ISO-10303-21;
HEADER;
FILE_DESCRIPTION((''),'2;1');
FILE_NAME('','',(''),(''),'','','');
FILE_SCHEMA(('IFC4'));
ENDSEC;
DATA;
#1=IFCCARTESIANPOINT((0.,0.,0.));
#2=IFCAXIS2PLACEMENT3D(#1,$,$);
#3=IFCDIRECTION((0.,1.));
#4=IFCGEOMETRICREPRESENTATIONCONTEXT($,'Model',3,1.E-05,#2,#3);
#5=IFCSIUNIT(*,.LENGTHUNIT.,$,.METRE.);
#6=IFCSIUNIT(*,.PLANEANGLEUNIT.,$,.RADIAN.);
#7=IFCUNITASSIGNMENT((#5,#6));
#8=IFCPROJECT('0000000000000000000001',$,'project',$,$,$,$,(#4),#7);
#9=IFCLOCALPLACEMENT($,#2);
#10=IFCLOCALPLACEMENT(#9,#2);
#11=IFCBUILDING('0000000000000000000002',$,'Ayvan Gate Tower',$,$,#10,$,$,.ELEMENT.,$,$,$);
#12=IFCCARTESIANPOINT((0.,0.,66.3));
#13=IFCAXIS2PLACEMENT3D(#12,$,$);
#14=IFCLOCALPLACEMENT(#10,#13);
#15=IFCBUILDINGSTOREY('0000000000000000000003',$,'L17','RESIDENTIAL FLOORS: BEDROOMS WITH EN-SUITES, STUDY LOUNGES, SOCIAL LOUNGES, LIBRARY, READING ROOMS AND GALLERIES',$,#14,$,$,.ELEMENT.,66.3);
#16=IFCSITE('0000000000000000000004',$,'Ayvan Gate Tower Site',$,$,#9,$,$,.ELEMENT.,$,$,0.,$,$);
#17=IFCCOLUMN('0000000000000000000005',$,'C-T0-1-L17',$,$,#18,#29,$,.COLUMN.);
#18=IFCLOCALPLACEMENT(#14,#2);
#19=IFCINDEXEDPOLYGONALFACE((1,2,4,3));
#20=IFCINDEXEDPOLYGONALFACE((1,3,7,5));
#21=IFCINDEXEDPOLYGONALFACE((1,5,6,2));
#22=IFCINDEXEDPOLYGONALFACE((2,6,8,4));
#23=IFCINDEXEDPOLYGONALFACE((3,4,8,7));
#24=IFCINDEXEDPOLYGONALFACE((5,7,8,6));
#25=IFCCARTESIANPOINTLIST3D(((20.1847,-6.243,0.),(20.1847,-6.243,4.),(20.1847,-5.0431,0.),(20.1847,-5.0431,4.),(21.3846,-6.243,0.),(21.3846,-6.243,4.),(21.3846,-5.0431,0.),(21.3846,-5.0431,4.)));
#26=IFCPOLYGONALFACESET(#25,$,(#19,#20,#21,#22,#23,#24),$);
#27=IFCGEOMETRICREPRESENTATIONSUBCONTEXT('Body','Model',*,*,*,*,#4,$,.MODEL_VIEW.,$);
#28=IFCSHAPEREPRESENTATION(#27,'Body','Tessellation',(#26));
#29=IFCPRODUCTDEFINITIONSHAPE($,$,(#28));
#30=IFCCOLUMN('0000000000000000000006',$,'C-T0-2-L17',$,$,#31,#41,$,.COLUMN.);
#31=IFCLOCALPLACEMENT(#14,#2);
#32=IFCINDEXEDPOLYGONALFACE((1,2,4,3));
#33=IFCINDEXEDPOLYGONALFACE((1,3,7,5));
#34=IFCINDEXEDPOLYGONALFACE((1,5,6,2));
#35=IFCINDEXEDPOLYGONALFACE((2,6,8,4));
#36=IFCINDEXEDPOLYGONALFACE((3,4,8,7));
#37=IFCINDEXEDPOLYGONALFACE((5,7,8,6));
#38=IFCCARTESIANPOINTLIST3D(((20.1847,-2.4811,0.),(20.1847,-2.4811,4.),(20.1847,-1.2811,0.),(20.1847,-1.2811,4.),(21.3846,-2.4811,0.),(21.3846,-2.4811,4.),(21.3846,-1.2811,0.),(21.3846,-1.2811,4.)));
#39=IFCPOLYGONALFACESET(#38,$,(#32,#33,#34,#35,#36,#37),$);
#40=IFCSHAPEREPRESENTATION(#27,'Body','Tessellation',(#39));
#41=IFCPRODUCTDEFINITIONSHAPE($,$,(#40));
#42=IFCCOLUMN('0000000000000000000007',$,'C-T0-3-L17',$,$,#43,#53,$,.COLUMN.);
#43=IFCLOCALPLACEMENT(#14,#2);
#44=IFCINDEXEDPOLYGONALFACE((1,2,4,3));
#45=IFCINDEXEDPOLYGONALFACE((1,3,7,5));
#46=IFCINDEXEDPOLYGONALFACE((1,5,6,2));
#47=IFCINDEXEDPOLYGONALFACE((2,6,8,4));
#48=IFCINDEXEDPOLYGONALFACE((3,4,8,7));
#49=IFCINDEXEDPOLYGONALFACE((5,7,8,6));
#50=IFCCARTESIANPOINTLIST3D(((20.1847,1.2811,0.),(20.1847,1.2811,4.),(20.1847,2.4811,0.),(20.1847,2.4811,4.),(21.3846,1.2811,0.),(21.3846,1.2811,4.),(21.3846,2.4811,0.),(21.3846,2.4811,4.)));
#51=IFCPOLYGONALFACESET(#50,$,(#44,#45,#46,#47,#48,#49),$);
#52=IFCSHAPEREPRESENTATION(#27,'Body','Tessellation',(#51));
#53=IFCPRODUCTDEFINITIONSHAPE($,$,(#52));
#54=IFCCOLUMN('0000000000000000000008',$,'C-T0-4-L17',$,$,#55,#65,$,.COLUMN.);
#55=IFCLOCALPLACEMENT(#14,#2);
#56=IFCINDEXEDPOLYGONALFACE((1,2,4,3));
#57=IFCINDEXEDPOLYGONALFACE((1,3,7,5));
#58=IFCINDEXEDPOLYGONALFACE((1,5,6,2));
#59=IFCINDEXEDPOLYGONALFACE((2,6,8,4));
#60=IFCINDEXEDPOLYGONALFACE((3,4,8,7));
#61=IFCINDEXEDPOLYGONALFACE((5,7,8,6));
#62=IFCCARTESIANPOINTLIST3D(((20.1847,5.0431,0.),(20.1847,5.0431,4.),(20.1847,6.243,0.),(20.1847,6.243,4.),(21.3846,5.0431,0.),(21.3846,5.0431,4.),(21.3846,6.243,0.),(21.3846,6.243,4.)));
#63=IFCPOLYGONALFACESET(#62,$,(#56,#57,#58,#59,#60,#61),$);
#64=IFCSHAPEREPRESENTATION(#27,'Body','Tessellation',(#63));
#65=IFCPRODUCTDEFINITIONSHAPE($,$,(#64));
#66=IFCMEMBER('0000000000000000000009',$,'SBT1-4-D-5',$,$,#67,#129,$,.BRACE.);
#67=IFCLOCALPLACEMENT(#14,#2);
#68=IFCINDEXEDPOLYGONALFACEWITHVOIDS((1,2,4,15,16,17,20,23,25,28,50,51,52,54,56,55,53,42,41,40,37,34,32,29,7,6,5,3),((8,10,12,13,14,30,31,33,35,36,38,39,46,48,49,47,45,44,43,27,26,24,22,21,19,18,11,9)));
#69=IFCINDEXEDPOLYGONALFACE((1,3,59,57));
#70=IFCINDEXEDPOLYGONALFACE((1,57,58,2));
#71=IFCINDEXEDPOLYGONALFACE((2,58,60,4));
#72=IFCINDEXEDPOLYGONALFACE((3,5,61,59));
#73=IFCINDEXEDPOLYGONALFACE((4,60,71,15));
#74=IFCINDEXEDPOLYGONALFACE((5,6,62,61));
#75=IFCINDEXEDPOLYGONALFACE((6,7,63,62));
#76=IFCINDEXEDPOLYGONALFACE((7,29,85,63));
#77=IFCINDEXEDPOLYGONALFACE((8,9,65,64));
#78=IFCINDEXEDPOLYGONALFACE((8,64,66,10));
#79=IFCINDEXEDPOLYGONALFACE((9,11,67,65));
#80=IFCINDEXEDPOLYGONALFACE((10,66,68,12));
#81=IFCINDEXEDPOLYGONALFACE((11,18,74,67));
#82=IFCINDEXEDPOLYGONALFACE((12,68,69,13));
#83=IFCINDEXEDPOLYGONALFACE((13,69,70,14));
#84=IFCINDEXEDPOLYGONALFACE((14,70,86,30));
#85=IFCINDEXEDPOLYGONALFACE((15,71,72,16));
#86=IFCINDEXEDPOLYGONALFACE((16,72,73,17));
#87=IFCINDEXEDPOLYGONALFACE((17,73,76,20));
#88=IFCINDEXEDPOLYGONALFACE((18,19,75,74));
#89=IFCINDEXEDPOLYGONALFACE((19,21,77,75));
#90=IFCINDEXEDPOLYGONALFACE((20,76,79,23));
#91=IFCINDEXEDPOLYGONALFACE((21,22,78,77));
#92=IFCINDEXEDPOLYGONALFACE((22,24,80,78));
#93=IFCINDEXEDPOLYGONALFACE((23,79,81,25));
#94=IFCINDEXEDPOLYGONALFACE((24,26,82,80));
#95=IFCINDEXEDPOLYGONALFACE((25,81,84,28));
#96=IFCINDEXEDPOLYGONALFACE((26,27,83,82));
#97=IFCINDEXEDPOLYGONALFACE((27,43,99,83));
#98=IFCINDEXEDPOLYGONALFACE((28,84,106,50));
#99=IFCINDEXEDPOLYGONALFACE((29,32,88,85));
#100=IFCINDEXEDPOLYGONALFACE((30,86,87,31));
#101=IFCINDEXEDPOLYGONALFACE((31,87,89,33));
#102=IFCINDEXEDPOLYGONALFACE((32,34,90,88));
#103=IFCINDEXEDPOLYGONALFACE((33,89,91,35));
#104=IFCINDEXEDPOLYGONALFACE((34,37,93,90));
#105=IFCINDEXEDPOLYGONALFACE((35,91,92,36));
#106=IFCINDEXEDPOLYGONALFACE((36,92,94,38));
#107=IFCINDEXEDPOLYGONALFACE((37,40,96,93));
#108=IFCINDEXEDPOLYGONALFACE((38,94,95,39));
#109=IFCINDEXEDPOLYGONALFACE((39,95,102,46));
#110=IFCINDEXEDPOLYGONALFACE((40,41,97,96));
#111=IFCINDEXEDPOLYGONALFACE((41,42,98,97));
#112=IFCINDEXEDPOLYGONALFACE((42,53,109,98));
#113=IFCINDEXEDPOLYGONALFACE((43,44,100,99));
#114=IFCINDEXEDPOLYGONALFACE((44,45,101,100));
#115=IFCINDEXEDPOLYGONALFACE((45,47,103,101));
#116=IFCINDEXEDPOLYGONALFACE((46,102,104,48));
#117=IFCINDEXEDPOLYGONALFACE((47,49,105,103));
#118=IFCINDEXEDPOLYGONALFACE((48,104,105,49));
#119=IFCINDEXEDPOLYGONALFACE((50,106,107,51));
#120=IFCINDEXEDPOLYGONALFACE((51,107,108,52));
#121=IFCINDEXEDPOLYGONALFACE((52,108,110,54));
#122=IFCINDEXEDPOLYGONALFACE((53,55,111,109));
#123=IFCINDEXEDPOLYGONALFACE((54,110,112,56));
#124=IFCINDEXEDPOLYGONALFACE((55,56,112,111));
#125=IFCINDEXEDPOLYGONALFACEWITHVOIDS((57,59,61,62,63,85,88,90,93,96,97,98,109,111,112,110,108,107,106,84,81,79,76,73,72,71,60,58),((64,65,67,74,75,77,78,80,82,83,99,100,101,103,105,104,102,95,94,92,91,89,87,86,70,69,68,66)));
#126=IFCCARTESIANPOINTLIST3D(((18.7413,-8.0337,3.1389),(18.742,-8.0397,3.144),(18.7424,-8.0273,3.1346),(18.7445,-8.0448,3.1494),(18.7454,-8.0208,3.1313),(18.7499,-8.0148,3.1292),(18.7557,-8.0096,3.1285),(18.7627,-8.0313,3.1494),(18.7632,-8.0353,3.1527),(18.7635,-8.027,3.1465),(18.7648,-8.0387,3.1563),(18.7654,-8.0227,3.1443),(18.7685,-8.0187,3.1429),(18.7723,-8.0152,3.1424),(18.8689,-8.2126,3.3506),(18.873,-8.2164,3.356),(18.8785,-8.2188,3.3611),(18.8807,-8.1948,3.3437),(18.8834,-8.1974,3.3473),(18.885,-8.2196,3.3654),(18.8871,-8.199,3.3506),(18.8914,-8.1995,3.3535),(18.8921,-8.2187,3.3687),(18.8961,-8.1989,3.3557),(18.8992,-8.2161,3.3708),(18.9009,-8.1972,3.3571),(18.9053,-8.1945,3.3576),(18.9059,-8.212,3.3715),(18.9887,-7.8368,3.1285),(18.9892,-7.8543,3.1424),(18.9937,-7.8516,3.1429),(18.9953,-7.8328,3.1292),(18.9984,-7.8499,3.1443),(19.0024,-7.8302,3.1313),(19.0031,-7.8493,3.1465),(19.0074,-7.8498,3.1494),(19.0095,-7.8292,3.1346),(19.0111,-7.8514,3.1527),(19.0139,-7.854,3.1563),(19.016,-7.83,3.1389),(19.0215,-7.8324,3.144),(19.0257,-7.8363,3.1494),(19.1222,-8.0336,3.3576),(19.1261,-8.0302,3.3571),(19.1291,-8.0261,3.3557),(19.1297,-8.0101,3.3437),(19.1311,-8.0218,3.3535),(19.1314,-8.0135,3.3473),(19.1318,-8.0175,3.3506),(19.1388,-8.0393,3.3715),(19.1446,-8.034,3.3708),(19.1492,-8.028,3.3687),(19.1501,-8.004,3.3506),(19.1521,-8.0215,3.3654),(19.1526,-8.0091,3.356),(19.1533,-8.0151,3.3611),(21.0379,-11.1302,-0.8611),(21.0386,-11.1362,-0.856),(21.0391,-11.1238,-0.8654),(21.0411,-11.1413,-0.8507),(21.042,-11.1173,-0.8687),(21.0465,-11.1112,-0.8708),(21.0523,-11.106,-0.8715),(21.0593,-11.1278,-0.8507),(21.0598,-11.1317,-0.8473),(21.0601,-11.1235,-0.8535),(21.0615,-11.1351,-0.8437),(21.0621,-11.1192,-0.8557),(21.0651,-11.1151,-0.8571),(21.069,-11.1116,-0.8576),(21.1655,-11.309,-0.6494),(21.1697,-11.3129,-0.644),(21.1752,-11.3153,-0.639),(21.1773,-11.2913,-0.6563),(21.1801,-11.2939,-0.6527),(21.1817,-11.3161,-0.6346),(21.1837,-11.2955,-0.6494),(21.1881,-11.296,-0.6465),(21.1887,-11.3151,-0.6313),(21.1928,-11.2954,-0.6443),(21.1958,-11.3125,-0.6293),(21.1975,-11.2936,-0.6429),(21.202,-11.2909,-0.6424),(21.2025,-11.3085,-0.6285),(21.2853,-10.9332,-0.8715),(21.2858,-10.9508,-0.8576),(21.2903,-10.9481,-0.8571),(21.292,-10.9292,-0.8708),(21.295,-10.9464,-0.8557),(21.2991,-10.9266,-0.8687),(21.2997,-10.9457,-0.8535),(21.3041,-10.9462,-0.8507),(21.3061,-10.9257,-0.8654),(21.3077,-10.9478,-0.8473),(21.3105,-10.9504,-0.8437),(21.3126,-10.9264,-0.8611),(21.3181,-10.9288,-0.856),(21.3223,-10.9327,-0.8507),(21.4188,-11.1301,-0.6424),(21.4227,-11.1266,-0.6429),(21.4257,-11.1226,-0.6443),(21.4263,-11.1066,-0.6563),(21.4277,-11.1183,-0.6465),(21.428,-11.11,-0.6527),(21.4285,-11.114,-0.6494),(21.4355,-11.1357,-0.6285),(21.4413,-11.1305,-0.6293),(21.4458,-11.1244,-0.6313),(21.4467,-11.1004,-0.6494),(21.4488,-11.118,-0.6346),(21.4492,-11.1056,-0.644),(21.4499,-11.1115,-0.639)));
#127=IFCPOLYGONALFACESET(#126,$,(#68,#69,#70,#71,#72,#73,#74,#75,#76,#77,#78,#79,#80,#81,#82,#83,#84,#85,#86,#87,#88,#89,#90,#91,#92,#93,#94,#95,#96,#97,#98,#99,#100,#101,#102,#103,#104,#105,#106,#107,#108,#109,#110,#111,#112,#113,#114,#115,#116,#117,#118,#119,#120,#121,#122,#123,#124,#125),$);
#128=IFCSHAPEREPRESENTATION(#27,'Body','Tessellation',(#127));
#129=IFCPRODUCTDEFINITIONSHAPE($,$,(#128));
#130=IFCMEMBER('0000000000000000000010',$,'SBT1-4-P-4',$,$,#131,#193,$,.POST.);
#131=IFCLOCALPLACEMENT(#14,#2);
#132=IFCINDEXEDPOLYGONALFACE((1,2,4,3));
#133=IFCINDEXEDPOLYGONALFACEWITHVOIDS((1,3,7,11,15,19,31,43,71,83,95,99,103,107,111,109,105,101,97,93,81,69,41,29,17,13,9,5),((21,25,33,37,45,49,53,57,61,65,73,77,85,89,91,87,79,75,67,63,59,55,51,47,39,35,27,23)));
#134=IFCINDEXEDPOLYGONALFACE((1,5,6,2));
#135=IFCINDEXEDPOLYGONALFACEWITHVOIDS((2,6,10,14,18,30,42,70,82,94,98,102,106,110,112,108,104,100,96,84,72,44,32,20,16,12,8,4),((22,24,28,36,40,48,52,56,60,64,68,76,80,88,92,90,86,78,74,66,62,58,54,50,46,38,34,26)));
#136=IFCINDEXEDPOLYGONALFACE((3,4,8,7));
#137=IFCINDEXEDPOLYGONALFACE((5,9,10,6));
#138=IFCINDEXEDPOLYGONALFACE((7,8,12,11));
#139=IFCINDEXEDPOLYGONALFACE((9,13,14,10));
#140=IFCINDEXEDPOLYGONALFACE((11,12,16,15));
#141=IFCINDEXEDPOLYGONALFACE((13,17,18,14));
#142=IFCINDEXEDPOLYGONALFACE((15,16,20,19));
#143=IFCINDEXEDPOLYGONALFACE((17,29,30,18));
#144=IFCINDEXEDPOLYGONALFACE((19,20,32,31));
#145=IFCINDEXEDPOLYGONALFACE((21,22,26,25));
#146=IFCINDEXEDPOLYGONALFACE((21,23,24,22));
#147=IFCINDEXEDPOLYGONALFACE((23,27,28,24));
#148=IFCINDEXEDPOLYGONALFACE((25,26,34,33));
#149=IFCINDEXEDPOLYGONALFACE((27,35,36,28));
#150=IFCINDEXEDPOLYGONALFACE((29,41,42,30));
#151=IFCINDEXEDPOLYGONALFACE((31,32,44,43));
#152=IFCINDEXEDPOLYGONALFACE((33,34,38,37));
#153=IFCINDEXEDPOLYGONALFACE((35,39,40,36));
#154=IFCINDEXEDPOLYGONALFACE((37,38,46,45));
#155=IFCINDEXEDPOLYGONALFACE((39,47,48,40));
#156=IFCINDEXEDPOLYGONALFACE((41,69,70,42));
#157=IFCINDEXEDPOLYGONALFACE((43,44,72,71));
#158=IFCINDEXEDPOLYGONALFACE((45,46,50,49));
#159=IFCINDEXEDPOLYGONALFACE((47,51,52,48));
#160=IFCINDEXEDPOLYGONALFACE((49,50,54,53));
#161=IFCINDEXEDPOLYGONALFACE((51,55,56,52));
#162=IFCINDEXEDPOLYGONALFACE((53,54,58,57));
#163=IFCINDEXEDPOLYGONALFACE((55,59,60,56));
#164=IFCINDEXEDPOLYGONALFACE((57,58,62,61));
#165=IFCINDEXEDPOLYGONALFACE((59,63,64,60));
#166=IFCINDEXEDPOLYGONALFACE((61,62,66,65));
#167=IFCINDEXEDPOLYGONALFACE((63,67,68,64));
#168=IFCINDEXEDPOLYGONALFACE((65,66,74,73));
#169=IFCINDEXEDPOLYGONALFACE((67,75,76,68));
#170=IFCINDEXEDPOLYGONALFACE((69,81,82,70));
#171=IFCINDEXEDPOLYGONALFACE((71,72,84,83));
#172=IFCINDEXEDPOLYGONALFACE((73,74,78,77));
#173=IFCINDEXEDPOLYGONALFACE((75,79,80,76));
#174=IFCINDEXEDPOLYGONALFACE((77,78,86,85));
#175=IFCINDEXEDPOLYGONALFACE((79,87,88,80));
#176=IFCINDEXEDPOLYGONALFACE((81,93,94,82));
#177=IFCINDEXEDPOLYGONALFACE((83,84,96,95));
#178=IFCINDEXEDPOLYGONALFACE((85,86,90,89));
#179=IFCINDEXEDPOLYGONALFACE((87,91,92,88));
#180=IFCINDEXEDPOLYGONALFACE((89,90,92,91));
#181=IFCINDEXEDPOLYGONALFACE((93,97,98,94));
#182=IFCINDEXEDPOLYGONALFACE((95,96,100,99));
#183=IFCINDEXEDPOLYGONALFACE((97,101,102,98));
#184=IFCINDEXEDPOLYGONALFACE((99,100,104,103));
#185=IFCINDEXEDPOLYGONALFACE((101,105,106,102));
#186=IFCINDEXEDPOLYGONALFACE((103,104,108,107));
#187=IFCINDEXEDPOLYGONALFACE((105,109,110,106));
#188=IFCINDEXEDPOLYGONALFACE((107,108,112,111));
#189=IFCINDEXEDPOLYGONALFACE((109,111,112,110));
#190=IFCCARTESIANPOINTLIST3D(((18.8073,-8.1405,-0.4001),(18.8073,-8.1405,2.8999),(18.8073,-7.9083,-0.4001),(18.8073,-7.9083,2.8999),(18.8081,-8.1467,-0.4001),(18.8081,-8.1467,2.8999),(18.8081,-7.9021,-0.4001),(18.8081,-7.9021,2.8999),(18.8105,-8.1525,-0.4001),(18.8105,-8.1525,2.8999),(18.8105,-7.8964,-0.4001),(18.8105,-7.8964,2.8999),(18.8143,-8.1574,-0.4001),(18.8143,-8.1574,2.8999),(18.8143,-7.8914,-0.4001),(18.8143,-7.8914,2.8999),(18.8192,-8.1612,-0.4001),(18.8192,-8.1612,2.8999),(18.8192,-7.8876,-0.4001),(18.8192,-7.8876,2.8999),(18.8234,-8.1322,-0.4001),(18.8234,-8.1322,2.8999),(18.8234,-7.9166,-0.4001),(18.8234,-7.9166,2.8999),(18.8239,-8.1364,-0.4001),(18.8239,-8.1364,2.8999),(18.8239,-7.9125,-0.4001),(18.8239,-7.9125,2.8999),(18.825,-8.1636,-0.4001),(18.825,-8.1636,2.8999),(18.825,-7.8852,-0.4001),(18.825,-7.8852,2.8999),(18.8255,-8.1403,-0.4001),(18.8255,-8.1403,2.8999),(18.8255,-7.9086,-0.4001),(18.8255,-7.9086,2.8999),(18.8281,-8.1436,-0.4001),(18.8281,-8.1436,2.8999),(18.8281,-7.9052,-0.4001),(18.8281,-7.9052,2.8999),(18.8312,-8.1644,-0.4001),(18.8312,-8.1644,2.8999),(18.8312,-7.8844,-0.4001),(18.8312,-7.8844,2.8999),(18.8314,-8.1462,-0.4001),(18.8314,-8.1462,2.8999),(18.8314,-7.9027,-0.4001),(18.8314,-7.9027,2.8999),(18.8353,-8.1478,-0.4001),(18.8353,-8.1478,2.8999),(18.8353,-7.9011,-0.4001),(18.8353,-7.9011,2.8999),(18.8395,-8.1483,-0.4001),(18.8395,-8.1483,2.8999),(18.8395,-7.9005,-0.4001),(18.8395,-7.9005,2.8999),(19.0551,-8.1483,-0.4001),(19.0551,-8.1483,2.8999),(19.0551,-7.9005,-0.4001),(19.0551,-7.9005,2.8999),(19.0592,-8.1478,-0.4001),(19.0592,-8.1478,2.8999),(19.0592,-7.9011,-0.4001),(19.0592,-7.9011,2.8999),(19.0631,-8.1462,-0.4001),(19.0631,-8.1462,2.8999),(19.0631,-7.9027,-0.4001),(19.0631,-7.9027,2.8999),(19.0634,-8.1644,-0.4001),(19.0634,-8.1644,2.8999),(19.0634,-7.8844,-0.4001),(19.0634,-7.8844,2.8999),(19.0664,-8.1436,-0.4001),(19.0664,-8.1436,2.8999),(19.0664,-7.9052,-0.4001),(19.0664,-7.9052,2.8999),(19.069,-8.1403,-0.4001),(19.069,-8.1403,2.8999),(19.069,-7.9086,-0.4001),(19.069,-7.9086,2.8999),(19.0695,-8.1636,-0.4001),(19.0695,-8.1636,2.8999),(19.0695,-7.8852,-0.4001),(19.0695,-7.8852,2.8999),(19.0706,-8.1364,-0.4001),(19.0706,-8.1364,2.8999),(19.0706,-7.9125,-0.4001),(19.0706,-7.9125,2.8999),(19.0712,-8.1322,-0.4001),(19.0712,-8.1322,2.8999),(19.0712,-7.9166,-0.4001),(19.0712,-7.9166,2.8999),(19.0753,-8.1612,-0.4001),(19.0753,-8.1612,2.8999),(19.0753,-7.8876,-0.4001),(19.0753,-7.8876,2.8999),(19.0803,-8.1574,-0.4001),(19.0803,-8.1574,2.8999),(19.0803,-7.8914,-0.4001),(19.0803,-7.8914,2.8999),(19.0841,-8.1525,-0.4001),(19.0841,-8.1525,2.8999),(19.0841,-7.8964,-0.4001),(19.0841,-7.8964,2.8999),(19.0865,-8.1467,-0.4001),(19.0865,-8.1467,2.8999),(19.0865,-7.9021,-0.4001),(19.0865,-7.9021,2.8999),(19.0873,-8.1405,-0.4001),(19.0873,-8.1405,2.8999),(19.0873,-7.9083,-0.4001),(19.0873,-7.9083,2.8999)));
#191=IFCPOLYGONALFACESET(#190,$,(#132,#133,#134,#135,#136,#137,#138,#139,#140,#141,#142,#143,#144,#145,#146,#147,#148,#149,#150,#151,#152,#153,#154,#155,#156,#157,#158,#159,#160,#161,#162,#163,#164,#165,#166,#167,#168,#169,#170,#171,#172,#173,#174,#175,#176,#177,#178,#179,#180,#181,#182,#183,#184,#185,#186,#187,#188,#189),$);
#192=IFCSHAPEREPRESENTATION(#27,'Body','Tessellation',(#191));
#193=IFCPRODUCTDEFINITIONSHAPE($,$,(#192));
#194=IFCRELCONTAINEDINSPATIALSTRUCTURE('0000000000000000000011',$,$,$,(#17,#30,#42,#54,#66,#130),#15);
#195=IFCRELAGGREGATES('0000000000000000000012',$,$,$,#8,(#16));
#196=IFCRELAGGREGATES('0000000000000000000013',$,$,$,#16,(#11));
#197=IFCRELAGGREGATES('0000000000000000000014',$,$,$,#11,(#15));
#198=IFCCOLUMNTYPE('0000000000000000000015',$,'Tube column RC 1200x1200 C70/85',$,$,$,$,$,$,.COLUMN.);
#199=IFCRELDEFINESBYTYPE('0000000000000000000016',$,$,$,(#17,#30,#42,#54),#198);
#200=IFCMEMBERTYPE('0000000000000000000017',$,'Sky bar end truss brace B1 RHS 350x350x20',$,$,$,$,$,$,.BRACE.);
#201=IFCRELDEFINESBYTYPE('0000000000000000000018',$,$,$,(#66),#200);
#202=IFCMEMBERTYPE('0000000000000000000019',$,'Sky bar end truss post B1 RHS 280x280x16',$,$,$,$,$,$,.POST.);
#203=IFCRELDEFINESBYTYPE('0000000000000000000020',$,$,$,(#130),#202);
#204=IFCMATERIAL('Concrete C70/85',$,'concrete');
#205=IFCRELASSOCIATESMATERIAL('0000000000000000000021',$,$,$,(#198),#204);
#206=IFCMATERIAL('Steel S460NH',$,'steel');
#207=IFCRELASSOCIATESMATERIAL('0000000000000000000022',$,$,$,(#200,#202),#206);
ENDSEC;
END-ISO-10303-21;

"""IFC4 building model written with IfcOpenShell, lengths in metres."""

from ifc_helpers import new_model, si_unit, direction, frame, origin, origin_2d, place, context, subcontext, project, spatial, rectangle, hollow_rectangle, extrude, material, material_profile, profile_set, type_object, element, save


model = new_model("IFC4")

# Units and contexts
model_context = context("Model", 3, precision=1e-05, world=origin(), true_north=direction((0.0, 1.0)))
body_context = subcontext(model_context, "Body", "Model", "MODEL_VIEW")
ifc_project = project(units=[si_unit("LENGTHUNIT", "METRE"), si_unit("PLANEANGLEUNIT", "RADIAN")], contexts=[model_context])

# Site, building, storey
site_placement = place(None, origin())
site = spatial("IfcSite", under=ifc_project, at=site_placement, Name="Ayvan Gate Tower Site", CompositionType="ELEMENT", RefElevation=0.0)
building_placement = place(site_placement, origin())
building = spatial("IfcBuilding", under=site, at=building_placement, Name="Ayvan Gate Tower", CompositionType="ELEMENT")
storey_placement = place(building_placement, frame((0.0, 0.0, 66.3)))
storey = spatial("IfcBuildingStorey", under=building, at=storey_placement, Name="L17", Description="RESIDENTIAL FLOORS: BEDROOMS WITH EN-SUITES, STUDY LOUNGES, SOCIAL LOUNGES, LIBRARY, READING ROOMS AND GALLERIES", CompositionType="ELEMENT", Elevation=66.3)

# Columns
ifc_material_1 = material(Name="Concrete C70/85", Category="concrete")
ifc_material_profile_1 = material_profile(ifc_material_1, rectangle(XDim=1.2, YDim=1.2, at=origin_2d()), Name="RC 1200x1200")
ifc_profile_set_1 = profile_set([ifc_material_profile_1], Name="Concrete C70/85")
column_type = type_object("IfcColumnType", Name="Tube column RC 1200x1200 C70/85", PredefinedType="COLUMN", material=ifc_profile_set_1)
for number, where, z_axis, x_axis, name in (
    (1, (20.7847, -5.6431, 0.0), (0.0, 0.0, 1.0), (1.0, 0.0, 0.0), "C-T0-1-L17"),
    (2, (20.7847, -1.8811, 0.0), (0.0, 0.0, 1.0), (1.0, 0.0, 0.0), "C-T0-2-L17"),
    (3, (20.7847, 1.8811, 0.0), (0.0, 0.0, 1.0), (1.0, 0.0, 0.0), "C-T0-3-L17"),
    (4, (20.7847, 5.6431, 0.0), (0.0, 0.0, 1.0), (1.0, 0.0, 0.0), "C-T0-4-L17"),
):
    element("IfcColumn", number, at=place(storey_placement, frame(where, z_axis=z_axis, x_axis=x_axis)), inside=storey, type_object=column_type, Name=name, PredefinedType="COLUMN", context=body_context, shape_type="SweptSolid", body=[
        extrude(rectangle(XDim=1.2, YDim=1.2, at=origin_2d()), origin(), (0.0, 0.0, 1.0), 4.0),
    ])

# Members
ifc_material_2 = material(Name="Steel S460NH", Category="steel")
ifc_material_profile_2 = material_profile(ifc_material_2, hollow_rectangle(XDim=0.3501, YDim=0.3501, WallThickness=0.02, InnerFilletRadius=0.02, OuterFilletRadius=0.03, at=origin_2d()), Name="RHS 350x350x20")
ifc_profile_set_2 = profile_set([ifc_material_profile_2], Name="Steel S460NH")
member_type_1 = type_object("IfcMemberType", Name="Sky bar end truss brace B1 RHS 350x350x20", PredefinedType="BRACE", material=ifc_profile_set_2)
member_1_placement = place(storey_placement, frame((18.9473, -8.0244, 3.25), z_axis=(0.413405, -0.557374, -0.720021), x_axis=(0.803188, 0.595726, 0.0)))
element("IfcMember", 5, at=member_1_placement, inside=storey, type_object=member_type_1, Name="SBT1-4-D-5", PredefinedType="BRACE", context=body_context, shape_type="SweptSolid", body=[
    extrude(hollow_rectangle(XDim=0.3501, YDim=0.3501, WallThickness=0.02, InnerFilletRadius=0.02, OuterFilletRadius=0.03, at=origin_2d()), origin(), (0.0, 0.0, 1.0), 5.5554),
])
ifc_material_profile_3 = material_profile(ifc_material_2, hollow_rectangle(XDim=0.28, YDim=0.28, WallThickness=0.0161, InnerFilletRadius=0.0161, OuterFilletRadius=0.0239, at=origin_2d()), Name="RHS 280x280x16")
ifc_profile_set_3 = profile_set([ifc_material_profile_3], Name="Steel S460NH")
member_type_2 = type_object("IfcMemberType", Name="Sky bar end truss post B1 RHS 280x280x16", PredefinedType="POST", material=ifc_profile_set_3)
member_2_placement = place(storey_placement, frame((18.9473, -8.0244, -0.4001), z_axis=(0.0, 0.0, 1.0), x_axis=(1.0, 0.0, 0.0)))
element("IfcMember", 6, at=member_2_placement, inside=storey, type_object=member_type_2, Name="SBT1-4-P-4", PredefinedType="POST", context=body_context, shape_type="SweptSolid", body=[
    extrude(hollow_rectangle(XDim=0.28, YDim=0.28, WallThickness=0.0161, InnerFilletRadius=0.0161, OuterFilletRadius=0.0239, at=origin_2d()), origin(), (0.0, 0.0, 1.0), 3.3),
])

save(model, "model.ifc")
